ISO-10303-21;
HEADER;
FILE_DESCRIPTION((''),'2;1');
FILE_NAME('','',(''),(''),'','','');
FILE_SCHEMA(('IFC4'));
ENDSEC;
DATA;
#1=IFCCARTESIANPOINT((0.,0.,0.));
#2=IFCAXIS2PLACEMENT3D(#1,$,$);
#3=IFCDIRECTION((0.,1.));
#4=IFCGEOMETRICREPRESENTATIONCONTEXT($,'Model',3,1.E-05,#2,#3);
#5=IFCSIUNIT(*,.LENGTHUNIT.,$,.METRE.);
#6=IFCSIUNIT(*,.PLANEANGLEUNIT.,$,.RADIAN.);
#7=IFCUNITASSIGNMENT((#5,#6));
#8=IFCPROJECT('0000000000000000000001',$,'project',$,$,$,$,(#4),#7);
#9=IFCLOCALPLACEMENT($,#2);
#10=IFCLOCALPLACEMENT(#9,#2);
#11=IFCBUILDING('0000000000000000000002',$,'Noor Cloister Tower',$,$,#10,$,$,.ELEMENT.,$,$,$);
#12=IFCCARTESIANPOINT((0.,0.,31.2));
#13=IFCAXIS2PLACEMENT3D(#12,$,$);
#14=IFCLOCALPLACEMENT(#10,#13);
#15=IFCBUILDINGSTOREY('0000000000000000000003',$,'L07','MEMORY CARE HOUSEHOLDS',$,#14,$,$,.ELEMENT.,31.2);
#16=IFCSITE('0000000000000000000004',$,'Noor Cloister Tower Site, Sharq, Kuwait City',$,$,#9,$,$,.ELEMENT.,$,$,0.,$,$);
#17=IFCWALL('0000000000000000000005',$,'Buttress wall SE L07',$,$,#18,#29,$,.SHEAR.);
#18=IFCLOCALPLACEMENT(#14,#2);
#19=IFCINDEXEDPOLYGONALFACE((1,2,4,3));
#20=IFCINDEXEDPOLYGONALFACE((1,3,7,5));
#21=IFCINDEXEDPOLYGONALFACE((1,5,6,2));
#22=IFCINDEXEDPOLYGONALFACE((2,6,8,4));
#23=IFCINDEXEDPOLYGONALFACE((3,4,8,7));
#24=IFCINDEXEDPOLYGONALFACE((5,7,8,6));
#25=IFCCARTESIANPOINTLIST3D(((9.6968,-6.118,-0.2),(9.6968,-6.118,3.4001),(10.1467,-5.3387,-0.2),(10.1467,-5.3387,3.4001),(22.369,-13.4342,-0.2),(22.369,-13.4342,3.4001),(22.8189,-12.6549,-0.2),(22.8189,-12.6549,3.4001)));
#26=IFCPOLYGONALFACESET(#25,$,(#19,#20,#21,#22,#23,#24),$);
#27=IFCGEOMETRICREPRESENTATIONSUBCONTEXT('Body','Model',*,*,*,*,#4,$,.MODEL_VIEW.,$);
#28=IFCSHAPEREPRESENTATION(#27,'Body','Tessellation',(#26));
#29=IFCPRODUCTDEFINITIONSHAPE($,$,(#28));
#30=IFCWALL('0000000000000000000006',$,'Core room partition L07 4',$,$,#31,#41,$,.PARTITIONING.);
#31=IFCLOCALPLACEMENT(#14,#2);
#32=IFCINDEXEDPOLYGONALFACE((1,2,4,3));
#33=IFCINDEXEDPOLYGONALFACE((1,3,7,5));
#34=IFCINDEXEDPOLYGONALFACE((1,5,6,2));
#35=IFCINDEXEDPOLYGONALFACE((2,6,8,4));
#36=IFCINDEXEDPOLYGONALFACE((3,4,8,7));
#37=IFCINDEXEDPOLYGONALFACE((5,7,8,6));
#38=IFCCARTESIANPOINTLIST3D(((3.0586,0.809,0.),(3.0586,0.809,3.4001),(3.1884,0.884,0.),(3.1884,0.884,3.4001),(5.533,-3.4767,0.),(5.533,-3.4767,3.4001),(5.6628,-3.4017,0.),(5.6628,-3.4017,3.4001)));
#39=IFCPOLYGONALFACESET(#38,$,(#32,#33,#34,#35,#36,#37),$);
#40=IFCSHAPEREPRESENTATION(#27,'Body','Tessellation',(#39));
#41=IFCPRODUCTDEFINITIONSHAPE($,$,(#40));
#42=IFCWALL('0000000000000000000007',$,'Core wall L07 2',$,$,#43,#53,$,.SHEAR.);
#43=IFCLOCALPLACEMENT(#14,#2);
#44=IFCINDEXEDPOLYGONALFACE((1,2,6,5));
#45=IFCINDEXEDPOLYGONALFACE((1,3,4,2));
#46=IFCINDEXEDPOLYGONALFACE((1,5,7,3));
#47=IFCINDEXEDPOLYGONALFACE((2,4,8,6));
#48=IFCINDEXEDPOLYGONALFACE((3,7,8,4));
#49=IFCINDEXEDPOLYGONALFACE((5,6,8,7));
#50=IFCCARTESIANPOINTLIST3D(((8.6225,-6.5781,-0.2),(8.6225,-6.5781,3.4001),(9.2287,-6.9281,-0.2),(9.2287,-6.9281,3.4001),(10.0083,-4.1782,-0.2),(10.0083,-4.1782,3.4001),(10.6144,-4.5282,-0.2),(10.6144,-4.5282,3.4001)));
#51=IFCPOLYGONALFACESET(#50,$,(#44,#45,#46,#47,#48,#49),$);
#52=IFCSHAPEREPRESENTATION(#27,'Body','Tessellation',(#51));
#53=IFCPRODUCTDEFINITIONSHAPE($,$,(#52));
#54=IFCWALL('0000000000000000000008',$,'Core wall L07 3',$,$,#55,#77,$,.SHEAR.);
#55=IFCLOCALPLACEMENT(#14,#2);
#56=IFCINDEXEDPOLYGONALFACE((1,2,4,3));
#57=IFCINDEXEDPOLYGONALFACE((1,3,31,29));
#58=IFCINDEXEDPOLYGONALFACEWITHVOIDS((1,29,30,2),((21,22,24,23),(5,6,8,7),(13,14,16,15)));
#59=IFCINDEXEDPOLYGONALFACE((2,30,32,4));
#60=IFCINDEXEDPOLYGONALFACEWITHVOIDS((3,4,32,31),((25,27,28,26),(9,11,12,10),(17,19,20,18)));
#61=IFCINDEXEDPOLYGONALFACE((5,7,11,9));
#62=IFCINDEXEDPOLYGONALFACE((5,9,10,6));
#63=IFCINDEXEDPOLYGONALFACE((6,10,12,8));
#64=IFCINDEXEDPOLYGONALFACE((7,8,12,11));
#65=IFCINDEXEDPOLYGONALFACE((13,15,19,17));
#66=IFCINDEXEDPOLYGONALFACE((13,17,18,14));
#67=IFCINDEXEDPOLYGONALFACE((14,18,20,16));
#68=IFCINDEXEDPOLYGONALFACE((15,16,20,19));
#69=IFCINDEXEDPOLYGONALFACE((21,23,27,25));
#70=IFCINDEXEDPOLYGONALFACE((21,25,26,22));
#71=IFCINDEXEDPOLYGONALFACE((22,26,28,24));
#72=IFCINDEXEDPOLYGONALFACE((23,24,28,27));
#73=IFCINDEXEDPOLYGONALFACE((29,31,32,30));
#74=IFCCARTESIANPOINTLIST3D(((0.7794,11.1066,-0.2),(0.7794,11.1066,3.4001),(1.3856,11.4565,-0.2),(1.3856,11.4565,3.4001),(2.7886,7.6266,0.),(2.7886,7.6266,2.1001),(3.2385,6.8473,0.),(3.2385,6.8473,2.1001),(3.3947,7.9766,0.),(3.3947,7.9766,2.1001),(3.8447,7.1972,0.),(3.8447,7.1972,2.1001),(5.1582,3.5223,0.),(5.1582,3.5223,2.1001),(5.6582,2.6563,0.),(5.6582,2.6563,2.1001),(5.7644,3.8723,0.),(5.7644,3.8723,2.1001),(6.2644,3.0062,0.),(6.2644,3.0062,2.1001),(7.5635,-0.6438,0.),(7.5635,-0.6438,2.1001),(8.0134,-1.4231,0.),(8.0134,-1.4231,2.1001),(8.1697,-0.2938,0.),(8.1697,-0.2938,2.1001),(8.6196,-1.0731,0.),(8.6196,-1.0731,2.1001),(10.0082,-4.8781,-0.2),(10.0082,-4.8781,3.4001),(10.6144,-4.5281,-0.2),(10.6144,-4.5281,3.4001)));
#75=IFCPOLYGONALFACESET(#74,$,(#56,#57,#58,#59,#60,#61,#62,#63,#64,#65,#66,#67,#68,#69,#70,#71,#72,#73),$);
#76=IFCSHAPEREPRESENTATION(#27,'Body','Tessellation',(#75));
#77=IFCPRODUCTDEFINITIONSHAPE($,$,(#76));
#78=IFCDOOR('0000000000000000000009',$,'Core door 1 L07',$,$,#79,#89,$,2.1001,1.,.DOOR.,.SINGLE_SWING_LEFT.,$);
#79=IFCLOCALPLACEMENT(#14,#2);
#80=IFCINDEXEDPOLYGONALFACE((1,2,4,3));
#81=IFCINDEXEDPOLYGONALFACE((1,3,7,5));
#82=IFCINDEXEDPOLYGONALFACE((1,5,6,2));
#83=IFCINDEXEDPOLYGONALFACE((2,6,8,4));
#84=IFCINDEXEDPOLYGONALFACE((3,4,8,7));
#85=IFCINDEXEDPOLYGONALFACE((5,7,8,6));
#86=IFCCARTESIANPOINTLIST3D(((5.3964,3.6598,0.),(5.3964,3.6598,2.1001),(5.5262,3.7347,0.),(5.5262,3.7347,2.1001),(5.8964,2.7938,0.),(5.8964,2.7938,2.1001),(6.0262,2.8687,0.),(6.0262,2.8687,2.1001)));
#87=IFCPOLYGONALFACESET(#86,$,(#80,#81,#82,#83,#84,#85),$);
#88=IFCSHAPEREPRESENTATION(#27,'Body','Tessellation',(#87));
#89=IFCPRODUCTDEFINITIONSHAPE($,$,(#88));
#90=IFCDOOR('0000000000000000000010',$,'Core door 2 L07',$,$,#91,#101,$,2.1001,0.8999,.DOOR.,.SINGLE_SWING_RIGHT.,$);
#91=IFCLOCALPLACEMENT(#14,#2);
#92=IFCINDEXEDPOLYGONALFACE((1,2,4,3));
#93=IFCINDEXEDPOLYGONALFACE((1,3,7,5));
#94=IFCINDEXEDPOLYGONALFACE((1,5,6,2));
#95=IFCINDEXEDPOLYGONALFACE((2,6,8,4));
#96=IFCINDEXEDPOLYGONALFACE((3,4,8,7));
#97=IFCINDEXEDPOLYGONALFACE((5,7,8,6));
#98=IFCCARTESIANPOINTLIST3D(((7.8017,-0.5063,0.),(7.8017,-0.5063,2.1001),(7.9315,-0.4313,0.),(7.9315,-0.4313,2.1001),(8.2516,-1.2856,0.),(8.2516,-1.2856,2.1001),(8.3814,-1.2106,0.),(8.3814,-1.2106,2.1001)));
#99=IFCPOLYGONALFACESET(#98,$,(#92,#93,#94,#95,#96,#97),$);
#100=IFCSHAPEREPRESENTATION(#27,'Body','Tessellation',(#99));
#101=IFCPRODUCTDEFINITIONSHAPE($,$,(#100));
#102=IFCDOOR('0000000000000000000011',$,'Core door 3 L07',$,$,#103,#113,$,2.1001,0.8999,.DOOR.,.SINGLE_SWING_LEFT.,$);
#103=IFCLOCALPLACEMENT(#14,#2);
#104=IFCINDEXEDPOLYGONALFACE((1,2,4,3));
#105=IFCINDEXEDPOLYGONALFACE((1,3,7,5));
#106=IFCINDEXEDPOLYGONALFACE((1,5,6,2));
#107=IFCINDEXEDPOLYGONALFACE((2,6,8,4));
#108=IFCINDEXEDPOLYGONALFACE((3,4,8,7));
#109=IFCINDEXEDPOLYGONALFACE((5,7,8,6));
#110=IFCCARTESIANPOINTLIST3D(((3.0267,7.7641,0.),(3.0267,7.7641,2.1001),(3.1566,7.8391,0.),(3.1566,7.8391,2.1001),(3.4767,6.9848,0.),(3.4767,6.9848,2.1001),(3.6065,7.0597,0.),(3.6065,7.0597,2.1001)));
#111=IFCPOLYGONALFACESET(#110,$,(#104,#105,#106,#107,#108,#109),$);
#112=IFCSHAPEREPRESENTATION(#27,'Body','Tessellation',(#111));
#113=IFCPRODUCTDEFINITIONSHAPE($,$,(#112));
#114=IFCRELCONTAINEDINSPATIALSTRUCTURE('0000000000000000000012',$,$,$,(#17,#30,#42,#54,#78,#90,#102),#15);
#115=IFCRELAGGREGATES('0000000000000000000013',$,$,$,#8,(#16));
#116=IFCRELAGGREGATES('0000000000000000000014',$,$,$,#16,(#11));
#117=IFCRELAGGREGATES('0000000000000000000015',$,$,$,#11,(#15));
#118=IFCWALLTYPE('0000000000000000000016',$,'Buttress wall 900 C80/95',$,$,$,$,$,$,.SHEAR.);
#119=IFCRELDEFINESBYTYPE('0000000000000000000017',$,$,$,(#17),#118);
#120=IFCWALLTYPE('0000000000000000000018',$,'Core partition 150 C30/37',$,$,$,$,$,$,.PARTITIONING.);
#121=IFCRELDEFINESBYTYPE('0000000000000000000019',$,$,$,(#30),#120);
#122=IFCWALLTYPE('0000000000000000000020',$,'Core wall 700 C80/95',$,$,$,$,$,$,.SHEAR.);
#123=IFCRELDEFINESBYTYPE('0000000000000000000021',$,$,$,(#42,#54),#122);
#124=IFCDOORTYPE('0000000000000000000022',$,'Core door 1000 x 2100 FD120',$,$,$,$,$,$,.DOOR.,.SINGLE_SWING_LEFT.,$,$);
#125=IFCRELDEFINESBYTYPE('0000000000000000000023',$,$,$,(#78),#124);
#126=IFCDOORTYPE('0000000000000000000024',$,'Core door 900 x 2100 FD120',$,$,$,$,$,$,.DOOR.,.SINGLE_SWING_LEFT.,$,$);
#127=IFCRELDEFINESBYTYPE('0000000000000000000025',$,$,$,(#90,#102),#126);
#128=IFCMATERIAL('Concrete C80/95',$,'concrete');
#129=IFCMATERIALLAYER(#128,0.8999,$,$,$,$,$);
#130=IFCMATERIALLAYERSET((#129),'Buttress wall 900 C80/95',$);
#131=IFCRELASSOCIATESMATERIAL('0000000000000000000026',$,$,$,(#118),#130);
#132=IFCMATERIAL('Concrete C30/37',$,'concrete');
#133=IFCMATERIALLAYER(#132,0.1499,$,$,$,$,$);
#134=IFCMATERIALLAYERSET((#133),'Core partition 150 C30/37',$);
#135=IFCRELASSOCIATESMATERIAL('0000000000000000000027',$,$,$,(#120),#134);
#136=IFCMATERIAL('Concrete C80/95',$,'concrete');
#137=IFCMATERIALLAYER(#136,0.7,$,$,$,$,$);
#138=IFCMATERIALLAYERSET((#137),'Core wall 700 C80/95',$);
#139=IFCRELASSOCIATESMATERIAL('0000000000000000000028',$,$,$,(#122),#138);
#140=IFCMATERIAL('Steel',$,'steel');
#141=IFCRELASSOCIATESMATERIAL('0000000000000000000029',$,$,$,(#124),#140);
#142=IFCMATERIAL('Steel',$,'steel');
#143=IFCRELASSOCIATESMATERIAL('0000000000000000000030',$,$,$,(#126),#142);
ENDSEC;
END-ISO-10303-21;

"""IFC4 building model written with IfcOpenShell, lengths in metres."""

from ifc_helpers import new_model, si_unit, direction, frame, frame_2d, origin, place, context, subcontext, project, spatial, rectangle, extrude, material, layer, layer_set, type_object, element, fill, save


model = new_model("IFC4")

# Units and contexts
model_context = context("Model", 3, precision=1e-05, world=origin(), true_north=direction((0.0, 1.0)))
body_context = subcontext(model_context, "Body", "Model", "MODEL_VIEW")
ifc_project = project(units=[si_unit("LENGTHUNIT", "METRE"), si_unit("PLANEANGLEUNIT", "RADIAN")], contexts=[model_context])

# Site, building, storey
site_placement = place(None, origin())
site = spatial("IfcSite", under=ifc_project, at=site_placement, Name="Noor Cloister Tower Site, Sharq, Kuwait City", CompositionType="ELEMENT", RefElevation=0.0)
building_placement = place(site_placement, origin())
building = spatial("IfcBuilding", under=site, at=building_placement, Name="Noor Cloister Tower", CompositionType="ELEMENT")
storey_placement = place(building_placement, frame((0.0, 0.0, 31.2)))
storey = spatial("IfcBuildingStorey", under=building, at=storey_placement, Name="L07", Description="MEMORY CARE HOUSEHOLDS", CompositionType="ELEMENT", Elevation=31.2)

# Walls
ifc_material_1 = material(Name="Concrete C80/95", Category="concrete")
ifc_layer_1 = layer(ifc_material_1, 0.8999)
ifc_layer_set_1 = layer_set([ifc_layer_1], Name="Buttress wall 900 C80/95")
wall_type_1 = type_object("IfcWallType", Name="Buttress wall 900 C80/95", PredefinedType="SHEAR", material=ifc_layer_set_1)
wall_1_placement = place(storey_placement, frame((9.9216, -5.7283, -0.2), z_axis=(0.0, 0.0, 1.0), x_axis=(0.866028, -0.499995, 0.0)))
element("IfcWall", 1, at=wall_1_placement, inside=storey, type_object=wall_type_1, Name="Buttress wall SE L07", PredefinedType="SHEAR", context=body_context, shape_type="SweptSolid", body=[
    extrude(rectangle(XDim=14.6326, YDim=0.8999, at=frame_2d((7.3164, 0.0))), origin(), (0.0, 0.0, 1.0), 3.6001),
])
ifc_material_2 = material(Name="Concrete C30/37", Category="concrete")
ifc_layer_2 = layer(ifc_material_2, 0.1499)
ifc_layer_set_2 = layer_set([ifc_layer_2], Name="Core partition 150 C30/37")
wall_type_2 = type_object("IfcWallType", Name="Core partition 150 C30/37", PredefinedType="PARTITIONING", material=ifc_layer_set_2)
wall_2_placement = place(storey_placement, frame((5.5979, -3.4392, 0.0), z_axis=(0.0, 0.0, 1.0), x_axis=(-0.500007, 0.866021, 0.0)))
element("IfcWall", 2, at=wall_2_placement, inside=storey, type_object=wall_type_2, Name="Core room partition L07 4", PredefinedType="PARTITIONING", context=body_context, shape_type="SweptSolid", body=[
    extrude(rectangle(XDim=4.9487, YDim=0.1499, at=frame_2d((2.4744, 0.0))), origin(), (0.0, 0.0, 1.0), 3.4001),
])
ifc_material_3 = material(Name="Concrete C80/95", Category="concrete")
ifc_layer_3 = layer(ifc_material_3, 0.7)
ifc_layer_set_3 = layer_set([ifc_layer_3], Name="Core wall 700 C80/95")
wall_type_3 = type_object("IfcWallType", Name="Core wall 700 C80/95", PredefinedType="SHEAR", material=ifc_layer_set_3)
wall_3_placement = place(storey_placement, frame((8.9255, -6.7532, -0.2), z_axis=(0.0, 0.0, 1.0), x_axis=(0.500043, 0.866001, 0.0)))
element("IfcWall", 3, at=wall_3_placement, inside=storey, type_object=wall_type_3, Name="Core wall L07 2", PredefinedType="SHEAR", context=body_context, shape_type="SweptSolid", body=[
    extrude(rectangle(XDim=2.7712, YDim=0.7, at=frame_2d((1.3857, 0.0))), origin(), (0.0, 0.0, 1.0), 3.6001),
])

# Wall, openings, doors
wall_4_placement = place(storey_placement, frame((10.3113, -4.7031, -0.2), z_axis=(0.0, 0.0, 1.0), x_axis=(-0.500001, 0.866025, 0.0)))
wall_4 = element("IfcWall", 4, at=wall_4_placement, inside=storey, type_object=wall_type_3, Name="Core wall L07 3", PredefinedType="SHEAR", context=body_context, shape_type="SweptSolid", body=[
    extrude(rectangle(XDim=18.4575, YDim=0.7, at=frame_2d((9.2288, 0.0))), origin(), (0.0, 0.0, 1.0), 3.6001),
])
opening_1_placement = place(wall_4_placement, frame((8.7, 0.0, 0.2)))
opening_1 = element("IfcOpeningElement", 5, at=opening_1_placement, cuts=wall_4, PredefinedType="OPENING", context=body_context, shape_type="SweptSolid", body=[
    extrude(rectangle(XDim=1.0, YDim=2.1001, at=frame_2d((0.5, 1.05))), frame((0.0, 0.3599, 0.0), z_axis=(0.0, -1.0, 0.0), x_axis=(1.0, 0.0, 0.0)), (0.0, 0.0, 1.0), 0.72),
])
opening_2_placement = place(wall_4_placement, frame((3.9895, 0.0, 0.2)))
opening_2 = element("IfcOpeningElement", 6, at=opening_2_placement, cuts=wall_4, PredefinedType="OPENING", context=body_context, shape_type="SweptSolid", body=[
    extrude(rectangle(XDim=0.8999, YDim=2.1001, at=frame_2d((0.45, 1.05))), frame((0.0, 0.3599, 0.0), z_axis=(0.0, -1.0, 0.0), x_axis=(1.0, 0.0, 0.0)), (0.0, 0.0, 1.0), 0.72),
])
opening_3_placement = place(wall_4_placement, frame((13.5393, 0.0, 0.2)))
opening_3 = element("IfcOpeningElement", 7, at=opening_3_placement, cuts=wall_4, PredefinedType="OPENING", context=body_context, shape_type="SweptSolid", body=[
    extrude(rectangle(XDim=0.8999, YDim=2.1001, at=frame_2d((0.45, 1.05))), frame((0.0, 0.3599, 0.0), z_axis=(0.0, -1.0, 0.0), x_axis=(1.0, 0.0, 0.0)), (0.0, 0.0, 1.0), 0.72),
])
ifc_material_4 = material(Name="Steel", Category="steel")
door_type_1 = type_object("IfcDoorType", Name="Core door 1000 x 2100 FD120", OperationType="SINGLE_SWING_LEFT", PredefinedType="DOOR", material=ifc_material_4)
door_1_placement = place(opening_1_placement, origin())
door_1 = element("IfcDoor", 8, at=door_1_placement, inside=storey, type_object=door_type_1, Name="Core door 1 L07", OperationType="SINGLE_SWING_LEFT", OverallHeight=2.1001, OverallWidth=1.0, PredefinedType="DOOR", context=body_context, shape_type="SweptSolid", body=[
    extrude(rectangle(XDim=1.0, YDim=2.1001, at=frame_2d((0.5, 1.05))), frame((0.0, 0.075, 0.0), z_axis=(0.0, -1.0, 0.0), x_axis=(1.0, 0.0, 0.0)), (0.0, 0.0, 1.0), 0.1499),
])
fill(opening_1, door_1)
ifc_material_5 = material(Name="Steel", Category="steel")
door_type_2 = type_object("IfcDoorType", Name="Core door 900 x 2100 FD120", OperationType="SINGLE_SWING_LEFT", PredefinedType="DOOR", material=ifc_material_5)
door_2_placement = place(opening_2_placement, origin())
door_2 = element("IfcDoor", 9, at=door_2_placement, inside=storey, type_object=door_type_2, Name="Core door 2 L07", OperationType="SINGLE_SWING_RIGHT", OverallHeight=2.1001, OverallWidth=0.8999, PredefinedType="DOOR", context=body_context, shape_type="SweptSolid", body=[
    extrude(rectangle(XDim=0.8999, YDim=2.1001, at=frame_2d((0.45, 1.05))), frame((0.0, 0.075, 0.0), z_axis=(0.0, -1.0, 0.0), x_axis=(1.0, 0.0, 0.0)), (0.0, 0.0, 1.0), 0.1499),
])
fill(opening_2, door_2)
door_3_placement = place(opening_3_placement, origin())
door_3 = element("IfcDoor", 10, at=door_3_placement, inside=storey, type_object=door_type_2, Name="Core door 3 L07", OperationType="SINGLE_SWING_LEFT", OverallHeight=2.1001, OverallWidth=0.8999, PredefinedType="DOOR", context=body_context, shape_type="SweptSolid", body=[
    extrude(rectangle(XDim=0.8999, YDim=2.1001, at=frame_2d((0.45, 1.05))), frame((0.0, 0.075, 0.0), z_axis=(0.0, -1.0, 0.0), x_axis=(1.0, 0.0, 0.0)), (0.0, 0.0, 1.0), 0.1499),
])
fill(opening_3, door_3)

save(model, "model.ifc")
